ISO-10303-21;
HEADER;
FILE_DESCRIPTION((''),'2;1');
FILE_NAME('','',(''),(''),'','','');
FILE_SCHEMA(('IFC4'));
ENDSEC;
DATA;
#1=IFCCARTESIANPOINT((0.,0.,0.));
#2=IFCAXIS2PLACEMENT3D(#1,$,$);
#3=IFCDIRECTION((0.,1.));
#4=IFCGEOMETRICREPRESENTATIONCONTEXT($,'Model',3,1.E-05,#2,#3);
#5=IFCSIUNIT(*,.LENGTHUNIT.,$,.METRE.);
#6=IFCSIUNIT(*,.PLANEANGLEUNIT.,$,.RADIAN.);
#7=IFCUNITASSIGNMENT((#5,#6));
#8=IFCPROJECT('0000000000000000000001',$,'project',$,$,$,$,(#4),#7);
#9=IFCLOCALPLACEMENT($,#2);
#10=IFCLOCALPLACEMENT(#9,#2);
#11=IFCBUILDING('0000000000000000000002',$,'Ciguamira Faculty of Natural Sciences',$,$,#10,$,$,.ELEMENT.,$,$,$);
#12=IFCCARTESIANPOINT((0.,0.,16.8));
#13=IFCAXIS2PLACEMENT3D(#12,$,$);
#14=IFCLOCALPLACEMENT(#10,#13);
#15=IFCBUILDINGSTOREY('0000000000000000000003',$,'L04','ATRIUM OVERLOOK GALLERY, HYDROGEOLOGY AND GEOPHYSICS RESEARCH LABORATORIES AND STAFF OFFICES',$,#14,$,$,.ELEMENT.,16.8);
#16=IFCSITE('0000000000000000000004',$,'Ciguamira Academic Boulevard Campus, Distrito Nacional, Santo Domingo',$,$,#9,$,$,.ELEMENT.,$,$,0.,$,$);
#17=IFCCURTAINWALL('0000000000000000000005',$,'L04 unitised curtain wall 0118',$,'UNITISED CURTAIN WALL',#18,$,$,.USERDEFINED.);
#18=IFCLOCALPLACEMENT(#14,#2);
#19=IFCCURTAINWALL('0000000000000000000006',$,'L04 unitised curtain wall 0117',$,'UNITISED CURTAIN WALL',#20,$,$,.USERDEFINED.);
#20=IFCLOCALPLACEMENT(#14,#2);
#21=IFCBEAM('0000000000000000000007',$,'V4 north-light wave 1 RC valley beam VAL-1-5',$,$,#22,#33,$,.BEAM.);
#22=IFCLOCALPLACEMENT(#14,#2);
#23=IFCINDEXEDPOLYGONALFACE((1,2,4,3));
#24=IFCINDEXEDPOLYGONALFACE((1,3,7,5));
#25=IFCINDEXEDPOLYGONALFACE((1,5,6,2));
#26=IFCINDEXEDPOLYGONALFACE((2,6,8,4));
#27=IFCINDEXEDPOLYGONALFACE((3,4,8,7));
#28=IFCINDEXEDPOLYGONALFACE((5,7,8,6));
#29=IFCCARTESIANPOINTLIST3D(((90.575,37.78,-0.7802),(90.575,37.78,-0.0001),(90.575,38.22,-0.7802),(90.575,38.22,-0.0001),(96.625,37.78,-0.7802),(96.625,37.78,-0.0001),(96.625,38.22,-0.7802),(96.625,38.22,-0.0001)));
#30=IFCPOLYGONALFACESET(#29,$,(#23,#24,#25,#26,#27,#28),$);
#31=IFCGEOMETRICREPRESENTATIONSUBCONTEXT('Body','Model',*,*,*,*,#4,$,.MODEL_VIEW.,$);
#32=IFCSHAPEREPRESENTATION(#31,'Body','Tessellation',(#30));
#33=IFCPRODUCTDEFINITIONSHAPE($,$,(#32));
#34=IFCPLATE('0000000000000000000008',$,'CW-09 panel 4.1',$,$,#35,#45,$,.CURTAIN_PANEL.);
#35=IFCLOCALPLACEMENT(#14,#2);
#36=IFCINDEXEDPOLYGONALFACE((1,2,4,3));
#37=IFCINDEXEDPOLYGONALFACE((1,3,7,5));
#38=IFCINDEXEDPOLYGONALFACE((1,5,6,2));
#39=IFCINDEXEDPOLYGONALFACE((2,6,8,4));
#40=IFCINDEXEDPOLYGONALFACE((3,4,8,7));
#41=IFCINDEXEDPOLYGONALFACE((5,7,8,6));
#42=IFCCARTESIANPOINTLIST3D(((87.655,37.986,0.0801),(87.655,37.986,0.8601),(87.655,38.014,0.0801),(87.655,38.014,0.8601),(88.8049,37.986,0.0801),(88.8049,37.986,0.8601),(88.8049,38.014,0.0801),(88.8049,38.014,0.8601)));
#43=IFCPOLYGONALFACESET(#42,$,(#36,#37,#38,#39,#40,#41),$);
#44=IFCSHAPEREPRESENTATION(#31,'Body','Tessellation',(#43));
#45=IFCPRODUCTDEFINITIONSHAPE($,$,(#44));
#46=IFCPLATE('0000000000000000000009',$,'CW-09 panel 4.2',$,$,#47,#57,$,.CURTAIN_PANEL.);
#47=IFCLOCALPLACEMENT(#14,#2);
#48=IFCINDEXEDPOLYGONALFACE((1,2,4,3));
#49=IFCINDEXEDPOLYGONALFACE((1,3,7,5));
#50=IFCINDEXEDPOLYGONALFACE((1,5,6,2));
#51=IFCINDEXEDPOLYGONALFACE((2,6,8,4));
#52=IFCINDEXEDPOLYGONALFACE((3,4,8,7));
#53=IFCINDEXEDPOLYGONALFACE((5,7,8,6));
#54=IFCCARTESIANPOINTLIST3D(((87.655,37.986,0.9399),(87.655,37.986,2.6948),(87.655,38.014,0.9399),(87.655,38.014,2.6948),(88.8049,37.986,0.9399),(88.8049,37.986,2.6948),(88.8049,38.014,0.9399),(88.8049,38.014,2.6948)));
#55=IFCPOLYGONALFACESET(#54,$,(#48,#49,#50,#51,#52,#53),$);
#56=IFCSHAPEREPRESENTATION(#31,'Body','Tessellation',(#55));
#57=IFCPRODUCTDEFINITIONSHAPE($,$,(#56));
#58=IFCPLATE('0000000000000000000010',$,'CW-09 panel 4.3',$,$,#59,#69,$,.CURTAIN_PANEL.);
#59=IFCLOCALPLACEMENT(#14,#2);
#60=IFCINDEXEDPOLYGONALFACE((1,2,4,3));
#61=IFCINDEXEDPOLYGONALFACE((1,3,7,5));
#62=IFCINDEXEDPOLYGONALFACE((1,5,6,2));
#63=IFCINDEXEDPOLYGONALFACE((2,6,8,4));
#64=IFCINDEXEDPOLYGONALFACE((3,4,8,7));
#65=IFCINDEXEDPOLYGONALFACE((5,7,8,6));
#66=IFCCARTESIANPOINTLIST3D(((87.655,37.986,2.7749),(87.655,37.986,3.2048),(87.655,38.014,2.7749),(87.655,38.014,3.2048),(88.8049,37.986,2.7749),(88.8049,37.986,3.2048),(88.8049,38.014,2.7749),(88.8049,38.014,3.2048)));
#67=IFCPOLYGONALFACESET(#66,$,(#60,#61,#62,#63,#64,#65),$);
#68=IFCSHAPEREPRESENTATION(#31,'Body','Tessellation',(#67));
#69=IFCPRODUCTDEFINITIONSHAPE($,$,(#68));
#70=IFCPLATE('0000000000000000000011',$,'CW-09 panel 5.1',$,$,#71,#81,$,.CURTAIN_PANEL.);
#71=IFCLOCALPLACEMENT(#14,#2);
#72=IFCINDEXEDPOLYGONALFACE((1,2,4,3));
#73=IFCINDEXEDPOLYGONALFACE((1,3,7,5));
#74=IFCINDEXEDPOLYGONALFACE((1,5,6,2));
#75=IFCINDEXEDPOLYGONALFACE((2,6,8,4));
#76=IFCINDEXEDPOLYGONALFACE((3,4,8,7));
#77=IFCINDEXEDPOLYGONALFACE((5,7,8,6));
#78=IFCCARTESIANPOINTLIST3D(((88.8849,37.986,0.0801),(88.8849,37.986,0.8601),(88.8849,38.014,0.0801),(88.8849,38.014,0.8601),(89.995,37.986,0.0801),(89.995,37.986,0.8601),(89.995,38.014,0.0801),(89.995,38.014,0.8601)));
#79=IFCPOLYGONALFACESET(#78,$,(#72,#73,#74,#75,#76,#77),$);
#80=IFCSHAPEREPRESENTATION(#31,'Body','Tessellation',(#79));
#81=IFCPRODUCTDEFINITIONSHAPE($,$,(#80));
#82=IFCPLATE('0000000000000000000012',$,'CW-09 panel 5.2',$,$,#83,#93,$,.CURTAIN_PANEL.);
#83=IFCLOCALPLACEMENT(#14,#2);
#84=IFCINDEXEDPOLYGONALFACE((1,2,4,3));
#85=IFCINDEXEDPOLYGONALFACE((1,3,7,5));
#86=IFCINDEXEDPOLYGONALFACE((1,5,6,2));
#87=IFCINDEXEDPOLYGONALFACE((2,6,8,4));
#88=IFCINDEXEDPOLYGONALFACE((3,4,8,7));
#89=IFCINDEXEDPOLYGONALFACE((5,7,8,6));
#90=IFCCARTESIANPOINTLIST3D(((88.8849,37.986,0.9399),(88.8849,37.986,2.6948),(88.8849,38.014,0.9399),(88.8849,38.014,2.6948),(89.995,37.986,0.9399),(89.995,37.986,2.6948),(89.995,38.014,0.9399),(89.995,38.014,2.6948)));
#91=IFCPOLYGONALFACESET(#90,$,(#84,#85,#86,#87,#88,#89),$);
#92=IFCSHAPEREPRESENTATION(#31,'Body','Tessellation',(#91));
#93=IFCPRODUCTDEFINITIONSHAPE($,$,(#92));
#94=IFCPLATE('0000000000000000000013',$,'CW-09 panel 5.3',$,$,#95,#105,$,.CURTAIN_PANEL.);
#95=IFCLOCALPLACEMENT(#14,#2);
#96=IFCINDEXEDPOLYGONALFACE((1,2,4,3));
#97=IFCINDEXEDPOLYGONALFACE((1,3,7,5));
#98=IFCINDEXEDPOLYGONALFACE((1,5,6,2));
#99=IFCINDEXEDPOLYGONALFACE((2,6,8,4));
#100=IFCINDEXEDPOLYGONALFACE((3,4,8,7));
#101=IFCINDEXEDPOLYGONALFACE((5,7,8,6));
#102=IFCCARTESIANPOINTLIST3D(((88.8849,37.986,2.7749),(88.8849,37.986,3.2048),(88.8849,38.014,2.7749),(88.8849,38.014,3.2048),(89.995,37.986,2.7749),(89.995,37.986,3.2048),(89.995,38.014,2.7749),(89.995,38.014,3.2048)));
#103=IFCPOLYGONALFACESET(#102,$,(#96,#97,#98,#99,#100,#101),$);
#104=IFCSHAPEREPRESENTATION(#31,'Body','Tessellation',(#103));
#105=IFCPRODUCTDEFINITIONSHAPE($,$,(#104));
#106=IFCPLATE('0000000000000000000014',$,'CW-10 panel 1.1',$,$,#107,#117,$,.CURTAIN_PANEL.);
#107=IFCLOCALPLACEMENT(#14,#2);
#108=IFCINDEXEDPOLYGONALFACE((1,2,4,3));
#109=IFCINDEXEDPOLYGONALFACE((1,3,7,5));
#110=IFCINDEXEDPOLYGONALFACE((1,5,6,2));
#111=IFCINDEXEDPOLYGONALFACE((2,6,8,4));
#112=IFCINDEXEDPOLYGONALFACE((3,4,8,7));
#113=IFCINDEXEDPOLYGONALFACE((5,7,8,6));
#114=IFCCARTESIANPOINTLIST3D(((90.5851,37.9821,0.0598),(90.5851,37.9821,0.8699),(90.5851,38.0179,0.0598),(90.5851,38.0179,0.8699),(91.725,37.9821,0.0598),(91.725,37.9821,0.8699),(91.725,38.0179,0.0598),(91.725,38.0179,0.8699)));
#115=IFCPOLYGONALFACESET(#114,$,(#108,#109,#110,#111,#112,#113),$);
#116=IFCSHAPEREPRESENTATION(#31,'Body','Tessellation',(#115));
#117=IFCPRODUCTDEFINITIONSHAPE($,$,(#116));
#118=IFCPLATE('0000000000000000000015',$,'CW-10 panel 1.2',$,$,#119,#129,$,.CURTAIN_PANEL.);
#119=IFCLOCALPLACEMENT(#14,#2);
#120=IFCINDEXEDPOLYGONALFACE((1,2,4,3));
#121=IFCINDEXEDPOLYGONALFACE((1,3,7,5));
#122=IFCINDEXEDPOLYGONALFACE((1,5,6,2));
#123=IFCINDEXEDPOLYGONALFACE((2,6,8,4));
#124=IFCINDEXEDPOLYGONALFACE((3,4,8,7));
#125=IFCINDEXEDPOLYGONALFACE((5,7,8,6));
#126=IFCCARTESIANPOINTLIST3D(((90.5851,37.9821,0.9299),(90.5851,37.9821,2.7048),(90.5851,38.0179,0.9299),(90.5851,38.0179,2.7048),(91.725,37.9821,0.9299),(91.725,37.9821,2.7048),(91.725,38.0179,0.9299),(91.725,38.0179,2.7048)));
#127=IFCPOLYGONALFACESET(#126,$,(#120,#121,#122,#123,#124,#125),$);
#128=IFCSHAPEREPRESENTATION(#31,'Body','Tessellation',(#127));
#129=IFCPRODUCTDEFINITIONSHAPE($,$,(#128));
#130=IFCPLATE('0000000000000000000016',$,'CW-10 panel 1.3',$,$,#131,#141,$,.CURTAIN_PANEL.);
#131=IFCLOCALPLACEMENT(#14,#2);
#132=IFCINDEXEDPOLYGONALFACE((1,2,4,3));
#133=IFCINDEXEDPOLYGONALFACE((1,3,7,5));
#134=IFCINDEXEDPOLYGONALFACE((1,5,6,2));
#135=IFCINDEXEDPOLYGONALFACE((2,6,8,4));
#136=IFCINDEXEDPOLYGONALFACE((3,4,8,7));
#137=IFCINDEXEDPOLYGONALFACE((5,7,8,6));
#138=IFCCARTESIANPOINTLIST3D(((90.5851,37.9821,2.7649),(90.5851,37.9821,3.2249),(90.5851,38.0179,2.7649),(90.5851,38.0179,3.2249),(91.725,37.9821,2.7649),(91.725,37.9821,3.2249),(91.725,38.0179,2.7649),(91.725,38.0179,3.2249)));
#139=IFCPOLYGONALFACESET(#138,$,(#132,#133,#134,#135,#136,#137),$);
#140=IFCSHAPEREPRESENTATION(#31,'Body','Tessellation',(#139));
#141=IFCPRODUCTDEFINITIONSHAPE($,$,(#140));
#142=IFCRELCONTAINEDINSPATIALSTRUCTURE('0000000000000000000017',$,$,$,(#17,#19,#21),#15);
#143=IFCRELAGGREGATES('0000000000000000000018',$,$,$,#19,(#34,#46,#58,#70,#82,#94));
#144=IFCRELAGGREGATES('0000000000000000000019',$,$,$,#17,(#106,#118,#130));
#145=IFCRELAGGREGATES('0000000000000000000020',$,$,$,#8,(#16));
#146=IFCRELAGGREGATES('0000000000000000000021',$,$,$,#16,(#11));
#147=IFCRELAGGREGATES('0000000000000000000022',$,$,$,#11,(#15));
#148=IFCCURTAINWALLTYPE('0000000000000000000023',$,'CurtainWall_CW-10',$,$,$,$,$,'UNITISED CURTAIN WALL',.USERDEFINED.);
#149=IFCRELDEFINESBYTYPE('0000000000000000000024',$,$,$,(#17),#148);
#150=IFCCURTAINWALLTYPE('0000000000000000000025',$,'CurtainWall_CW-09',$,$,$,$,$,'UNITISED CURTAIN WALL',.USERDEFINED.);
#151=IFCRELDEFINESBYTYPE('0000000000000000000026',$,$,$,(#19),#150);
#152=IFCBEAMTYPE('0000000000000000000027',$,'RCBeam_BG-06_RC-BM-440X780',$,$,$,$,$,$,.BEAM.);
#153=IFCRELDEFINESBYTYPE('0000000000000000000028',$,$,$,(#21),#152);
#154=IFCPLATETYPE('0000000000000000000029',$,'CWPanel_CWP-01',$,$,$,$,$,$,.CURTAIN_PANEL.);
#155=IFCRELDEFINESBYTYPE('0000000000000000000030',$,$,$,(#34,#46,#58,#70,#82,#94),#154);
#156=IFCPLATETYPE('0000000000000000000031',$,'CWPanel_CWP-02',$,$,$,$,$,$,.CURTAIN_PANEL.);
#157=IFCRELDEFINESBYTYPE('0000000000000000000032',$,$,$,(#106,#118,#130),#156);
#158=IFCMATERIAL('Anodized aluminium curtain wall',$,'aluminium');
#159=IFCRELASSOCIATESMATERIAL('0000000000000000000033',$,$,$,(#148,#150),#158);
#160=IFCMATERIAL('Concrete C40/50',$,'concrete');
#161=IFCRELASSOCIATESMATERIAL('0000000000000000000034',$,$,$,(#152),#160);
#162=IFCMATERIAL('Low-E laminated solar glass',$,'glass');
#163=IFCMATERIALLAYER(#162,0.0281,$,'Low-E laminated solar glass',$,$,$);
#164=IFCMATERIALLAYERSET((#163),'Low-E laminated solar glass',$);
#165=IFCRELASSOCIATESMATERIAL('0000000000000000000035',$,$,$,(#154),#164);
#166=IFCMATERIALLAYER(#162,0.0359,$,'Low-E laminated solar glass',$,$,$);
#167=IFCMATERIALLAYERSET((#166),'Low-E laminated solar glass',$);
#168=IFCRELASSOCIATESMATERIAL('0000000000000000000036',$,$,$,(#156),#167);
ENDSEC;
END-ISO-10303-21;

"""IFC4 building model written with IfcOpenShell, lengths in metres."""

from ifc_helpers import new_model, si_unit, direction, frame, origin, origin_2d, place, context, subcontext, project, spatial, rectangle, extrude, material, layer, layer_set, material_profile, profile_set, type_object, element, aggregate, save


model = new_model("IFC4")

# Units and contexts
model_context = context("Model", 3, precision=1e-05, world=origin(), true_north=direction((0.0, 1.0)))
body_context = subcontext(model_context, "Body", "Model", "MODEL_VIEW")
ifc_project = project(units=[si_unit("LENGTHUNIT", "METRE"), si_unit("PLANEANGLEUNIT", "RADIAN")], contexts=[model_context])

# Site, building, storey
site_placement = place(None, origin())
site = spatial("IfcSite", under=ifc_project, at=site_placement, Name="Ciguamira Academic Boulevard Campus, Distrito Nacional, Santo Domingo", CompositionType="ELEMENT", RefElevation=0.0)
building_placement = place(site_placement, origin())
building = spatial("IfcBuilding", under=site, at=building_placement, Name="Ciguamira Faculty of Natural Sciences", CompositionType="ELEMENT")
storey_placement = place(building_placement, frame((0.0, 0.0, 16.8)))
storey = spatial("IfcBuildingStorey", under=building, at=storey_placement, Name="L04", Description="ATRIUM OVERLOOK GALLERY, HYDROGEOLOGY AND GEOPHYSICS RESEARCH LABORATORIES AND STAFF OFFICES", CompositionType="ELEMENT", Elevation=16.8)

# Shared definitions
ifc_material_1 = material(Name="Concrete C40/50", Category="concrete")

# Curtain wall
ifc_material_2 = material(Name="Anodized aluminium curtain wall", Category="aluminium")
curtain_wall_type_1 = type_object("IfcCurtainWallType", Name="CurtainWall_CW-10", ElementType="UNITISED CURTAIN WALL", PredefinedType="USERDEFINED", material=ifc_material_2)
curtain_wall_1_placement = place(storey_placement, origin())
curtain_wall_1 = element("IfcCurtainWall", 1, at=curtain_wall_1_placement, inside=storey, type_object=curtain_wall_type_1, Name="L04 unitised curtain wall 0118", ObjectType="UNITISED CURTAIN WALL", PredefinedType="USERDEFINED")

# Curtain wall
curtain_wall_type_2 = type_object("IfcCurtainWallType", Name="CurtainWall_CW-09", ElementType="UNITISED CURTAIN WALL", PredefinedType="USERDEFINED", material=ifc_material_2)
curtain_wall_2_placement = place(storey_placement, origin())
curtain_wall_2 = element("IfcCurtainWall", 2, at=curtain_wall_2_placement, inside=storey, type_object=curtain_wall_type_2, Name="L04 unitised curtain wall 0117", ObjectType="UNITISED CURTAIN WALL", PredefinedType="USERDEFINED")

# Beam
ifc_material_profile_1 = material_profile(ifc_material_1, rectangle(XDim=0.4399, YDim=0.78, at=origin_2d()), Name="RC-BM-440X780")
ifc_profile_set_1 = profile_set([ifc_material_profile_1], Name="Concrete C40/50")
beam_type = type_object("IfcBeamType", Name="RCBeam_BG-06_RC-BM-440X780", PredefinedType="BEAM", material=ifc_profile_set_1)
beam_placement = place(storey_placement, frame((90.575, 38.0, -0.3901), z_axis=(1.0, 0.0, 0.0), x_axis=(0.0, 1.0, 0.0)))
element("IfcBeam", 3, at=beam_placement, inside=storey, type_object=beam_type, Name="V4 north-light wave 1 RC valley beam VAL-1-5", PredefinedType="BEAM", context=body_context, shape_type="SweptSolid", body=[
    extrude(rectangle(XDim=0.4399, YDim=0.78, at=origin_2d()), origin(), (0.0, 0.0, 1.0), 6.05),
])

# Plates
ifc_material_3 = material(Name="Low-E laminated solar glass", Category="glass")
ifc_layer_1 = layer(ifc_material_3, 0.0281, Name="Low-E laminated solar glass")
ifc_layer_set_1 = layer_set([ifc_layer_1], Name="Low-E laminated solar glass")
plate_type_1 = type_object("IfcPlateType", Name="CWPanel_CWP-01", PredefinedType="CURTAIN_PANEL", material=ifc_layer_set_1)
plate_1_placement = place(storey_placement, frame((88.23, 38.0, 0.0801), z_axis=(0.0, 0.0, 1.0), x_axis=(1.0, 0.0, 0.0)))
plate_1 = element("IfcPlate", 4, at=plate_1_placement, type_object=plate_type_1, Name="CW-09 panel 4.1", PredefinedType="CURTAIN_PANEL", context=body_context, shape_type="SweptSolid", body=[
    extrude(rectangle(XDim=1.1499, YDim=0.0281, at=origin_2d()), origin(), (0.0, 0.0, 1.0), 0.78),
])
plate_2_placement = place(storey_placement, frame((88.23, 38.0, 0.9399), z_axis=(0.0, 0.0, 1.0), x_axis=(1.0, 0.0, 0.0)))
plate_2 = element("IfcPlate", 5, at=plate_2_placement, type_object=plate_type_1, Name="CW-09 panel 4.2", PredefinedType="CURTAIN_PANEL", context=body_context, shape_type="SweptSolid", body=[
    extrude(rectangle(XDim=1.1499, YDim=0.0281, at=origin_2d()), origin(), (0.0, 0.0, 1.0), 1.7549),
])
plate_3_placement = place(storey_placement, frame((88.23, 38.0, 2.7749), z_axis=(0.0, 0.0, 1.0), x_axis=(1.0, 0.0, 0.0)))
plate_3 = element("IfcPlate", 6, at=plate_3_placement, type_object=plate_type_1, Name="CW-09 panel 4.3", PredefinedType="CURTAIN_PANEL", context=body_context, shape_type="SweptSolid", body=[
    extrude(rectangle(XDim=1.1499, YDim=0.0281, at=origin_2d()), origin(), (0.0, 0.0, 1.0), 0.4299),
])
plate_4_placement = place(storey_placement, frame((89.4399, 38.0, 0.0801), z_axis=(0.0, 0.0, 1.0), x_axis=(1.0, 0.0, 0.0)))
plate_4 = element("IfcPlate", 7, at=plate_4_placement, type_object=plate_type_1, Name="CW-09 panel 5.1", PredefinedType="CURTAIN_PANEL", context=body_context, shape_type="SweptSolid", body=[
    extrude(rectangle(XDim=1.1101, YDim=0.0281, at=origin_2d()), origin(), (0.0, 0.0, 1.0), 0.78),
])
plate_5_placement = place(storey_placement, frame((89.4399, 38.0, 0.9399), z_axis=(0.0, 0.0, 1.0), x_axis=(1.0, 0.0, 0.0)))
plate_5 = element("IfcPlate", 8, at=plate_5_placement, type_object=plate_type_1, Name="CW-09 panel 5.2", PredefinedType="CURTAIN_PANEL", context=body_context, shape_type="SweptSolid", body=[
    extrude(rectangle(XDim=1.1101, YDim=0.0281, at=origin_2d()), origin(), (0.0, 0.0, 1.0), 1.7549),
])
plate_6_placement = place(storey_placement, frame((89.4399, 38.0, 2.7749), z_axis=(0.0, 0.0, 1.0), x_axis=(1.0, 0.0, 0.0)))
plate_6 = element("IfcPlate", 9, at=plate_6_placement, type_object=plate_type_1, Name="CW-09 panel 5.3", PredefinedType="CURTAIN_PANEL", context=body_context, shape_type="SweptSolid", body=[
    extrude(rectangle(XDim=1.1101, YDim=0.0281, at=origin_2d()), origin(), (0.0, 0.0, 1.0), 0.4299),
])
aggregate(curtain_wall_2, [plate_1, plate_2, plate_3, plate_4, plate_5, plate_6])
ifc_layer_2 = layer(ifc_material_3, 0.0359, Name="Low-E laminated solar glass")
ifc_layer_set_2 = layer_set([ifc_layer_2], Name="Low-E laminated solar glass")
plate_type_2 = type_object("IfcPlateType", Name="CWPanel_CWP-02", PredefinedType="CURTAIN_PANEL", material=ifc_layer_set_2)
plate_7_placement = place(storey_placement, frame((91.155, 38.0, 0.0598), z_axis=(0.0, 0.0, 1.0), x_axis=(1.0, 0.0, 0.0)))
plate_7 = element("IfcPlate", 10, at=plate_7_placement, type_object=plate_type_2, Name="CW-10 panel 1.1", PredefinedType="CURTAIN_PANEL", context=body_context, shape_type="SweptSolid", body=[
    extrude(rectangle(XDim=1.1399, YDim=0.0359, at=origin_2d()), origin(), (0.0, 0.0, 1.0), 0.8101),
])
plate_8_placement = place(storey_placement, frame((91.155, 38.0, 0.9299), z_axis=(0.0, 0.0, 1.0), x_axis=(1.0, 0.0, 0.0)))
plate_8 = element("IfcPlate", 11, at=plate_8_placement, type_object=plate_type_2, Name="CW-10 panel 1.2", PredefinedType="CURTAIN_PANEL", context=body_context, shape_type="SweptSolid", body=[
    extrude(rectangle(XDim=1.1399, YDim=0.0359, at=origin_2d()), origin(), (0.0, 0.0, 1.0), 1.7749),
])
plate_9_placement = place(storey_placement, frame((91.155, 38.0, 2.7649), z_axis=(0.0, 0.0, 1.0), x_axis=(1.0, 0.0, 0.0)))
plate_9 = element("IfcPlate", 12, at=plate_9_placement, type_object=plate_type_2, Name="CW-10 panel 1.3", PredefinedType="CURTAIN_PANEL", context=body_context, shape_type="SweptSolid", body=[
    extrude(rectangle(XDim=1.1399, YDim=0.0359, at=origin_2d()), origin(), (0.0, 0.0, 1.0), 0.46),
])
aggregate(curtain_wall_1, [plate_7, plate_8, plate_9])

save(model, "model.ifc")
